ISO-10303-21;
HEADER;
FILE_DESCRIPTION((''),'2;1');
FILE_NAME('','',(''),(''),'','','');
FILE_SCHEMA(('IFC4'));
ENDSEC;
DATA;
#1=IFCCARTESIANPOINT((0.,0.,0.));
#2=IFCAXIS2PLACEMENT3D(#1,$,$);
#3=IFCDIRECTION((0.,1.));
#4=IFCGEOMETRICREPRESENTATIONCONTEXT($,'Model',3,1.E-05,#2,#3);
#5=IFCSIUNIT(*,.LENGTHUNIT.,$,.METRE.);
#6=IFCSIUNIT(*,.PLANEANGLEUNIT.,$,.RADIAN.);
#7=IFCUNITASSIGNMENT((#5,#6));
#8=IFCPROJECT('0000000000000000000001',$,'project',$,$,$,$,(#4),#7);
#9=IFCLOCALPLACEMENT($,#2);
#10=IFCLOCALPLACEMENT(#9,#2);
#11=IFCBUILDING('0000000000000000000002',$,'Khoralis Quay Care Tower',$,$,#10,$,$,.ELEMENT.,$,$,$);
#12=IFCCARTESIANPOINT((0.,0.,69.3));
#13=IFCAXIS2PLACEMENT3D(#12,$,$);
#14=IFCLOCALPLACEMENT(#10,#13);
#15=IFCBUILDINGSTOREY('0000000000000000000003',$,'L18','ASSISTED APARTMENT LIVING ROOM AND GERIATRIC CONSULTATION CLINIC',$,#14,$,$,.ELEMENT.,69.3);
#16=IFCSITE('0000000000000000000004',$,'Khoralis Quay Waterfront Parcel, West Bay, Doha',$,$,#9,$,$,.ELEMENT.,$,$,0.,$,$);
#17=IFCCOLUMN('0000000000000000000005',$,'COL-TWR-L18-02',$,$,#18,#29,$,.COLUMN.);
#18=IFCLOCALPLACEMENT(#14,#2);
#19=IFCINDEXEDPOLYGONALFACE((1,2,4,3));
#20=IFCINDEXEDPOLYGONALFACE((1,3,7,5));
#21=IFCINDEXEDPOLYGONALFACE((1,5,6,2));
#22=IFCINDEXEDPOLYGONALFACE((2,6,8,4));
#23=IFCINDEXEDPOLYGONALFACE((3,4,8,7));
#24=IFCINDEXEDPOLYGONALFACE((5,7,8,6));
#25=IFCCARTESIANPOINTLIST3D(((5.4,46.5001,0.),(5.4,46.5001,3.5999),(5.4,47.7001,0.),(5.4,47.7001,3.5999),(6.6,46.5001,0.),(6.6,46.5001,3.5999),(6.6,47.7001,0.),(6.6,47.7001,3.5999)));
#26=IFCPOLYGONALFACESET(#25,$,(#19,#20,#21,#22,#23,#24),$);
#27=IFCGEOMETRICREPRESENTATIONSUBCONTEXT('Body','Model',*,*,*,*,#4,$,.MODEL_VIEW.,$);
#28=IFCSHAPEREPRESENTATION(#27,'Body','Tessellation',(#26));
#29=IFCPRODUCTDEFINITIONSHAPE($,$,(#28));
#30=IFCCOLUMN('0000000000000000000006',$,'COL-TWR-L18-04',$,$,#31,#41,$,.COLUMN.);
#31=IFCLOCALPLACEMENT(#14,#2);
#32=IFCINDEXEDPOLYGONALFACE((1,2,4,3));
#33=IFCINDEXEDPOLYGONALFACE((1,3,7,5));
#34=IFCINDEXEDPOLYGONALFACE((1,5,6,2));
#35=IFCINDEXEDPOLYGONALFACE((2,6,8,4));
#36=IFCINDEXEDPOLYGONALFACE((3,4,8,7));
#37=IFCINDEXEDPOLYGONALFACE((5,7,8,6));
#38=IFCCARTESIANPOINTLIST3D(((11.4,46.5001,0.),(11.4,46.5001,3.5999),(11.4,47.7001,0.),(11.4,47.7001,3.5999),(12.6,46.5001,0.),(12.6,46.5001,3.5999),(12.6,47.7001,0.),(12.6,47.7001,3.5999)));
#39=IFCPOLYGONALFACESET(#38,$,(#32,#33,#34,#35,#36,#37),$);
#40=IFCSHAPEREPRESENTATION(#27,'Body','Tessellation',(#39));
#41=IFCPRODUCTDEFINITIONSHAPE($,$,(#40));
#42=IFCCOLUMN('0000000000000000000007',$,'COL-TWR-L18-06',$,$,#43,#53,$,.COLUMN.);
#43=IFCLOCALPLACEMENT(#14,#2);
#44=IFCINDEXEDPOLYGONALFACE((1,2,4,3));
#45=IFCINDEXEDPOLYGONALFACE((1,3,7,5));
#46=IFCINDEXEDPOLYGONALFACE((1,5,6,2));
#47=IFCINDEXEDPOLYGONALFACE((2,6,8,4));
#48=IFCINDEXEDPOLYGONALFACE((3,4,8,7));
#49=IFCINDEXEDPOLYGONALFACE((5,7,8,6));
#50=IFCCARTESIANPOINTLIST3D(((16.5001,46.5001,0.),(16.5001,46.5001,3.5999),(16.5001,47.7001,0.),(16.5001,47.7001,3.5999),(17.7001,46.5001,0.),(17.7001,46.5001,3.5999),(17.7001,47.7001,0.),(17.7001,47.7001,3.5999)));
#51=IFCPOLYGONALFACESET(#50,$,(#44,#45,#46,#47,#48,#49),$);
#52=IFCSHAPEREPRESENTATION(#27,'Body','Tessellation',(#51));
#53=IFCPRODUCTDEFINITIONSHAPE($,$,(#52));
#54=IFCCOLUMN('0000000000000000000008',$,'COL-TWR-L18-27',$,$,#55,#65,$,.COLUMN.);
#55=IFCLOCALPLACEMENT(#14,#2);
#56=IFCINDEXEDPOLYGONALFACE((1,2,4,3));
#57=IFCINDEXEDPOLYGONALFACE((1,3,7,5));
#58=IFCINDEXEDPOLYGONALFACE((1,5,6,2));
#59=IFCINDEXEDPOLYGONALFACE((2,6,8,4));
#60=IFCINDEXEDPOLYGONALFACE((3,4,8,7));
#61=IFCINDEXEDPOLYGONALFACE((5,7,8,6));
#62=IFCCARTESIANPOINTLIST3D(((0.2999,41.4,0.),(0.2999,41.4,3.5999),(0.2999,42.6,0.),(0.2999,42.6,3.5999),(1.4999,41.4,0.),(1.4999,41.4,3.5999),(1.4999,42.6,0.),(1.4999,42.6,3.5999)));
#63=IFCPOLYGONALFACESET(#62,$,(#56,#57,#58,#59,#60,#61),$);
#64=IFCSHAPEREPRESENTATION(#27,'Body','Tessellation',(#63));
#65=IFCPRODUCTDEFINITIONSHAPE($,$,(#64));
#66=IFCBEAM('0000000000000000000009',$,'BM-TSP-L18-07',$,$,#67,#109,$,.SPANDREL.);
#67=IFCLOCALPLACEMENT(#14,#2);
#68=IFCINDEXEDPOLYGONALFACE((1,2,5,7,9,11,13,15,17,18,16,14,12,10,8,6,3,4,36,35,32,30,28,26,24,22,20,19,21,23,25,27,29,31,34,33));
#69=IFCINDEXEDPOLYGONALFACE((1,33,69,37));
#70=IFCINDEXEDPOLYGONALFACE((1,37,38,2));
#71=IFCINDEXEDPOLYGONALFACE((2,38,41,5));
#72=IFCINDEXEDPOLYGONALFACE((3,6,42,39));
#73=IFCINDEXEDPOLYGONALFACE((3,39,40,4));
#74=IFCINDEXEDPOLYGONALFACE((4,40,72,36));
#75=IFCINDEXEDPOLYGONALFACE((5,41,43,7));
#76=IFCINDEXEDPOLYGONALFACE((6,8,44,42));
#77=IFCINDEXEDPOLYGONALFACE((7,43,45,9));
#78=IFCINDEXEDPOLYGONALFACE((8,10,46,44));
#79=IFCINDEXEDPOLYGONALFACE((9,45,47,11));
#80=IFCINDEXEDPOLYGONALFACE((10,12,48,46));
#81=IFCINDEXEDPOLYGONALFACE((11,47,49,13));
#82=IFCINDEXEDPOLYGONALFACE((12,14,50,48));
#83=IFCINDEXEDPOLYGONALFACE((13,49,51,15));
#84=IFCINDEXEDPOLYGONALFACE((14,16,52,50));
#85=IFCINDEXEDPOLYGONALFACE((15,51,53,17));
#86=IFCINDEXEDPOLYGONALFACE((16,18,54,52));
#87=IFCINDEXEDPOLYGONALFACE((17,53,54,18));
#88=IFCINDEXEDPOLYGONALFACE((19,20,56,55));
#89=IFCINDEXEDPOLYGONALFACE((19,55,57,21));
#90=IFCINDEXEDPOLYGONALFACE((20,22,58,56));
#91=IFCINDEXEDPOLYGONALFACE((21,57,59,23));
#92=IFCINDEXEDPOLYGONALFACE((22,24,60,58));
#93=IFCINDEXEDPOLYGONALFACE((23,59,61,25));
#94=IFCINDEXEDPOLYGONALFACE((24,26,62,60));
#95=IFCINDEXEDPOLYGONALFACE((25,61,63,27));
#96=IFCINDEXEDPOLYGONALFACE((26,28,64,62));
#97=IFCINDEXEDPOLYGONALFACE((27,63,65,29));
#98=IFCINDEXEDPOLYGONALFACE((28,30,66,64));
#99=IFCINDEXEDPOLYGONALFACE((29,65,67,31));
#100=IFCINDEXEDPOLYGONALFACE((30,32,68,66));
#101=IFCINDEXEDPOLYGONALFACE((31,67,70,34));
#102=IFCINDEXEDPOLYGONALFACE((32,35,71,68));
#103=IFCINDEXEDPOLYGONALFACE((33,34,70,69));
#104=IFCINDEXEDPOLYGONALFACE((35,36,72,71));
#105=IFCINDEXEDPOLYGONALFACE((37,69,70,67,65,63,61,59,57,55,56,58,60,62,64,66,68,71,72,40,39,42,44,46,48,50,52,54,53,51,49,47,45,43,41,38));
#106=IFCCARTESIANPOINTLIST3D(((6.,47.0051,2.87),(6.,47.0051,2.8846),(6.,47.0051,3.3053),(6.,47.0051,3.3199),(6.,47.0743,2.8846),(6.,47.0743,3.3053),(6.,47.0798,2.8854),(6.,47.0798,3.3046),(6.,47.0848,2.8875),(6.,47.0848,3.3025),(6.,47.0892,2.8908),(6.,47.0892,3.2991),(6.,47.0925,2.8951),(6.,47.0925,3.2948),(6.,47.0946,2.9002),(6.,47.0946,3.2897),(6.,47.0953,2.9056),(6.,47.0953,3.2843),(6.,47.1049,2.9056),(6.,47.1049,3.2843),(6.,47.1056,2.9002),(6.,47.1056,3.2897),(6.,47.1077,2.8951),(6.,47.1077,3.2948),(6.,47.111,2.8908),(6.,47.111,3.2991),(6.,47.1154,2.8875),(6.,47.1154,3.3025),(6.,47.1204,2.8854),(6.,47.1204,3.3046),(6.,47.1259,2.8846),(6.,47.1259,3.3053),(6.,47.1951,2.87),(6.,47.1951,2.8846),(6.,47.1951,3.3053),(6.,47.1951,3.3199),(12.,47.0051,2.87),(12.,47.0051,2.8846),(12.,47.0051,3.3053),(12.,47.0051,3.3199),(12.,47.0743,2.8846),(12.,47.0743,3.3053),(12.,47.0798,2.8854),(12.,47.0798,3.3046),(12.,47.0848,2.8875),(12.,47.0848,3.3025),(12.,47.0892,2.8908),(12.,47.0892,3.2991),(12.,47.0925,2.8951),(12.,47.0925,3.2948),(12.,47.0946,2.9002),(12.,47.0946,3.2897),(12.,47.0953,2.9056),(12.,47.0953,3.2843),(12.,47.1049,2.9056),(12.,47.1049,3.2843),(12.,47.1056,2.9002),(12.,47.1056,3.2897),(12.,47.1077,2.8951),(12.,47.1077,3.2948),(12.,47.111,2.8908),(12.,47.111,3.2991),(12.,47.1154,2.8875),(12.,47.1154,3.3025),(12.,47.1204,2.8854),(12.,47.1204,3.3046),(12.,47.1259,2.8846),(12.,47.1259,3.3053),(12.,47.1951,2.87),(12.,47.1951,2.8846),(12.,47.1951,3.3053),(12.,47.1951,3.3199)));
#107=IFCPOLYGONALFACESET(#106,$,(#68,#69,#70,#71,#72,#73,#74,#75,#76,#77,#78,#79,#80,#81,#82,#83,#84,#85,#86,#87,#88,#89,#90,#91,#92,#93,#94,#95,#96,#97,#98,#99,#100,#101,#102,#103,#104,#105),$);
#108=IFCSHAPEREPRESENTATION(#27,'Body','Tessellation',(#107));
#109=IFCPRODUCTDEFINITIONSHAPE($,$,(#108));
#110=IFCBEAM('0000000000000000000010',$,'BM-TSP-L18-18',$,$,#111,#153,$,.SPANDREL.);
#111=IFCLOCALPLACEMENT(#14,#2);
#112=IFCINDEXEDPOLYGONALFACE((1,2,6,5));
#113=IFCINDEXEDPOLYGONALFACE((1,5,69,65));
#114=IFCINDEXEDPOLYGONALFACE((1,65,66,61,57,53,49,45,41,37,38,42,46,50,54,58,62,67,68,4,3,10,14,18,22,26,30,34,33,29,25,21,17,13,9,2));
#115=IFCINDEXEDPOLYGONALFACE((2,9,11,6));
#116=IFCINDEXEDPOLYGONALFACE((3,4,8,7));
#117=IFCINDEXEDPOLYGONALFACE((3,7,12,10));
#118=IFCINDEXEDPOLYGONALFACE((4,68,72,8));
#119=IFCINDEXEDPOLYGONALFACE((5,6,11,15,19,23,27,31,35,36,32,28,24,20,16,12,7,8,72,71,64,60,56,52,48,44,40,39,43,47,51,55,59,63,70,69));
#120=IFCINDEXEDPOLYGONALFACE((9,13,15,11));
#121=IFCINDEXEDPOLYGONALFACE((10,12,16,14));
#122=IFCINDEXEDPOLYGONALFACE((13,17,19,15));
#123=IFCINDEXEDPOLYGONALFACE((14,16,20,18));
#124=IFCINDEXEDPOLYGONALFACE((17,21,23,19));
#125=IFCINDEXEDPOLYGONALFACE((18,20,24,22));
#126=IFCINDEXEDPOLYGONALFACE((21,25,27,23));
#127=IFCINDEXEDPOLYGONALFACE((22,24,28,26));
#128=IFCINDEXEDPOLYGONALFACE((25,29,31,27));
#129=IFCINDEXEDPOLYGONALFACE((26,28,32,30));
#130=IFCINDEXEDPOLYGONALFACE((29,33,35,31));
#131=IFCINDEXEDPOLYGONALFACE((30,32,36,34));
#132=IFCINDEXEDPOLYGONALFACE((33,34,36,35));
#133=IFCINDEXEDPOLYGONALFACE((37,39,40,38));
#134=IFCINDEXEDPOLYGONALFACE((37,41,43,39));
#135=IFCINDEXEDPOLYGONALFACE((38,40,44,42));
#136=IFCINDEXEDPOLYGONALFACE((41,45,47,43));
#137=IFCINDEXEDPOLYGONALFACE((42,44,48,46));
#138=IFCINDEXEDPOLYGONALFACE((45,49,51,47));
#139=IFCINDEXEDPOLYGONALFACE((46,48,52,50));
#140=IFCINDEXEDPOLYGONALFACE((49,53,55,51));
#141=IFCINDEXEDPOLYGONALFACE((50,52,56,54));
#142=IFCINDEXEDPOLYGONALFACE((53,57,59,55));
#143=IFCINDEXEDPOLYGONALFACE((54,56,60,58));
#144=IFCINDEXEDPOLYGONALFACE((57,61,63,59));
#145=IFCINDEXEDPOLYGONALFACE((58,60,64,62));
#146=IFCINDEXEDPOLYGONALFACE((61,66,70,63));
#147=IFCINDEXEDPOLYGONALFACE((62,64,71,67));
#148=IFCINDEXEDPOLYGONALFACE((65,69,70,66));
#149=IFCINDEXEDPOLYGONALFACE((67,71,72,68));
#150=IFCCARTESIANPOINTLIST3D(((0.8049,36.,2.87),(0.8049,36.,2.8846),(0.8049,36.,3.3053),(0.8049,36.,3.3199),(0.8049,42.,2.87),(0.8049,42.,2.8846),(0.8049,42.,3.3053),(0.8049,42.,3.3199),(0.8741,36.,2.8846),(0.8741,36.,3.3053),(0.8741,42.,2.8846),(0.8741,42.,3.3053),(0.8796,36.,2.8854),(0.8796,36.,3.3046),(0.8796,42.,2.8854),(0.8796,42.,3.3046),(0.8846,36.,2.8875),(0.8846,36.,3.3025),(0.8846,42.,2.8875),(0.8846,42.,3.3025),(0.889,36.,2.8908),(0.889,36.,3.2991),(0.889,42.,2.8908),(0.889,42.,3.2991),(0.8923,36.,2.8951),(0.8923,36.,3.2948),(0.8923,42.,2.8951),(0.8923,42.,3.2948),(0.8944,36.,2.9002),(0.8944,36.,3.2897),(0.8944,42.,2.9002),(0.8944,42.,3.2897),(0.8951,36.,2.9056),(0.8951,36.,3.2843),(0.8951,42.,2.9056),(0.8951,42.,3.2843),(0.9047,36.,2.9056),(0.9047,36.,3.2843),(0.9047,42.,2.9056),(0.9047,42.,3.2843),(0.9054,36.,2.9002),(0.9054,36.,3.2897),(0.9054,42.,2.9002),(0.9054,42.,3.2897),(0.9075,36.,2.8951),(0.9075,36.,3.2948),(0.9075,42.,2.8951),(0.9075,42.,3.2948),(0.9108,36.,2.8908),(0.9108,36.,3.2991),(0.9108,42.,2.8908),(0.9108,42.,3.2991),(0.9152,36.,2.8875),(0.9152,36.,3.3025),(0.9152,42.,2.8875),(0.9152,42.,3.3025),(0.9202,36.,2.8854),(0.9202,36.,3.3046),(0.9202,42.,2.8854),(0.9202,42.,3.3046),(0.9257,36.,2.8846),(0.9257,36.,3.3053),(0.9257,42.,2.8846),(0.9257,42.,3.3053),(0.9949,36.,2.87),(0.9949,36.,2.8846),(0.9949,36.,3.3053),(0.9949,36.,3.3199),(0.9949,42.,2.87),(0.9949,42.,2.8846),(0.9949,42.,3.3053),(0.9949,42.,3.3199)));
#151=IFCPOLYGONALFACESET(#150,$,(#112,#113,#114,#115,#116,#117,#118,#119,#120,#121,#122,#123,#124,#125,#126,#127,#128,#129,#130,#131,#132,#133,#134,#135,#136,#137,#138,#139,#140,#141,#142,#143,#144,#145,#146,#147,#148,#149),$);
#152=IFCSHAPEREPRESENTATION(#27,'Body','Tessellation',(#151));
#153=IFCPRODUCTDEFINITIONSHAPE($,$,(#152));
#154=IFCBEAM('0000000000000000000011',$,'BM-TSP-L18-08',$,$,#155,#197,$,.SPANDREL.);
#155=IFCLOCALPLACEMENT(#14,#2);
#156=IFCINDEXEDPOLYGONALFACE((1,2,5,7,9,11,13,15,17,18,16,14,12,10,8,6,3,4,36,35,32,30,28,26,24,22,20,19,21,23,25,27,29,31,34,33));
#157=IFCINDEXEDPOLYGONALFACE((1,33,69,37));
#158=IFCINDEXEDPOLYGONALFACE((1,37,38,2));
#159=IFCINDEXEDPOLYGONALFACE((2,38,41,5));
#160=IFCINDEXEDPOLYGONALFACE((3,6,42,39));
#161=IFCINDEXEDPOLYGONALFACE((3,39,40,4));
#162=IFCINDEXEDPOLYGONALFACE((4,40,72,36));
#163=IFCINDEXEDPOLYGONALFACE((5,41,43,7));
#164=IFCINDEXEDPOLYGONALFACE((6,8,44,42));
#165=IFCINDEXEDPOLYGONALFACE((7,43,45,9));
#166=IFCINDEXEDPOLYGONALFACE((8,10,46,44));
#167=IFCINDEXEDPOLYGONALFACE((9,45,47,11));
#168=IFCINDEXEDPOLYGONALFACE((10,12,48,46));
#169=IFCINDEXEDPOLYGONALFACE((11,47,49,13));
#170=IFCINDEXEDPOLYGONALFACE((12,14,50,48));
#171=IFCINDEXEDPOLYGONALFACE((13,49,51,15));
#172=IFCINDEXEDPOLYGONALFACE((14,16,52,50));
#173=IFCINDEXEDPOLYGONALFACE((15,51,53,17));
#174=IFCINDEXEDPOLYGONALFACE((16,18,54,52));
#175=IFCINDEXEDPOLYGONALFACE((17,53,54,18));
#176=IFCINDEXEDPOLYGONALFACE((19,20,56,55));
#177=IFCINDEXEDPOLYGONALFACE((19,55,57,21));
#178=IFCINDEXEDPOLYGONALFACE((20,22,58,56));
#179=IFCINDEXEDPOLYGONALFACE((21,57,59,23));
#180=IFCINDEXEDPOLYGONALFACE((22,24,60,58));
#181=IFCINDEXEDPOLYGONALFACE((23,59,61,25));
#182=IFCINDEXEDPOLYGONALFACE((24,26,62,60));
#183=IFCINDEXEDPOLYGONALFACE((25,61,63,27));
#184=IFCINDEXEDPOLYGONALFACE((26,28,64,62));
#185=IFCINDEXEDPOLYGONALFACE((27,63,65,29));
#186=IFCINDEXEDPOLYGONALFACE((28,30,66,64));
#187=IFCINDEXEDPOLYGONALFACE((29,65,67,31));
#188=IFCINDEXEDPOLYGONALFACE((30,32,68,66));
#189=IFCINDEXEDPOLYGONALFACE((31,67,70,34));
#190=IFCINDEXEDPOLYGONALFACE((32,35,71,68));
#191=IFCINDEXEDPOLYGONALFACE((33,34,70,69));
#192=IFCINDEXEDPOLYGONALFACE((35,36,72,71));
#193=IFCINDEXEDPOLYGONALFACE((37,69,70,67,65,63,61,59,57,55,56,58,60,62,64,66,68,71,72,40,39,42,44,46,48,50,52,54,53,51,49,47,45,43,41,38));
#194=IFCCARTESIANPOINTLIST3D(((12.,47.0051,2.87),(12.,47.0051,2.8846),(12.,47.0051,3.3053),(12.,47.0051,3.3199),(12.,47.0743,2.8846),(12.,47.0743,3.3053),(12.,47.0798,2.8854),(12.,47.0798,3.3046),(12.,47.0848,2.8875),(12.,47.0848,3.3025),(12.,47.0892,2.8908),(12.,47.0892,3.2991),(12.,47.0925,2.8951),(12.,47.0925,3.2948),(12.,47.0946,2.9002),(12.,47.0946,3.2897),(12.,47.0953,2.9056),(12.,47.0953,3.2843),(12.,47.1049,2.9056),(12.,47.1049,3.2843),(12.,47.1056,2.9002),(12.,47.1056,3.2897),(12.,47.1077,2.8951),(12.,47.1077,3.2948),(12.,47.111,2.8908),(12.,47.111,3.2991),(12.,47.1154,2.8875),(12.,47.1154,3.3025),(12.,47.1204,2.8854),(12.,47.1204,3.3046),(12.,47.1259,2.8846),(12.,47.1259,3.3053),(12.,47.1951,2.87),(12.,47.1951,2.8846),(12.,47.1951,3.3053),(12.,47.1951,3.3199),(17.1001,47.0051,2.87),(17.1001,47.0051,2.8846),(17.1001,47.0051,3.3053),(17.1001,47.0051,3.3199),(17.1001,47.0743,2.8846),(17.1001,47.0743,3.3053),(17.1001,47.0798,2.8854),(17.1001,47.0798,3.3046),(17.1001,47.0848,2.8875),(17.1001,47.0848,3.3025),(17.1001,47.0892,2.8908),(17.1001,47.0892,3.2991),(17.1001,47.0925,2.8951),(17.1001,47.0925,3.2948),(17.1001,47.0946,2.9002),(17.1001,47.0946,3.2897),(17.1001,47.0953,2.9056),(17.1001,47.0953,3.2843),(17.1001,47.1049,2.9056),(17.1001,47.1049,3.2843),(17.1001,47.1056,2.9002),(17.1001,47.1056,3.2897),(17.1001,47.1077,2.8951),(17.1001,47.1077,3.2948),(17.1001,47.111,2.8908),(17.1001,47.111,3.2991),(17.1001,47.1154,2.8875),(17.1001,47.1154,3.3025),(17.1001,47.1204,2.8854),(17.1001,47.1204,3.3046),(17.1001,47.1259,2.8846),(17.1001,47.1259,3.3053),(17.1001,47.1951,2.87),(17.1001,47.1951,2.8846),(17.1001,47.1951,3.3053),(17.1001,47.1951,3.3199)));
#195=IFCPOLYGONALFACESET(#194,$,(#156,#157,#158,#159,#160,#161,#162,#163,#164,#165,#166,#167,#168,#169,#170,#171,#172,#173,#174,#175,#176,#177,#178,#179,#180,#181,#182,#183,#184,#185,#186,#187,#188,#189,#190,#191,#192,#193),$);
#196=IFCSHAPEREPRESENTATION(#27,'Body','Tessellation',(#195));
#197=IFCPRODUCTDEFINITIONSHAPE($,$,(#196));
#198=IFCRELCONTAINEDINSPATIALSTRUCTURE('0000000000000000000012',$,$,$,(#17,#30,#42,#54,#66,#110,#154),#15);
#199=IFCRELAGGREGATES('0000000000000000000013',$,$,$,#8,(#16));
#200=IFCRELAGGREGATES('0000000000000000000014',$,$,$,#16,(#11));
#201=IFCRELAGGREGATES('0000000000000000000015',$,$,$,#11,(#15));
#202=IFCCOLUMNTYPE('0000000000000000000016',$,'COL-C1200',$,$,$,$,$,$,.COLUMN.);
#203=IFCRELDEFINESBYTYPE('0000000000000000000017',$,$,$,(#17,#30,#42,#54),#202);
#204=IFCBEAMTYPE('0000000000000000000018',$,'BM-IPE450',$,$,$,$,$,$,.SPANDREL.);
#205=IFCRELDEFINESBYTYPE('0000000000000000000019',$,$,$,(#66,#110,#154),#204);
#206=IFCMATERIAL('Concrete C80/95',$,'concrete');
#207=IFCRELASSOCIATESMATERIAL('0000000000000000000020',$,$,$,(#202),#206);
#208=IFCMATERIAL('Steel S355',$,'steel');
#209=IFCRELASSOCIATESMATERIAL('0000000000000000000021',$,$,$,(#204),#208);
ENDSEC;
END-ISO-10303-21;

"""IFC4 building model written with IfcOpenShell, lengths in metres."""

from ifc_helpers import new_model, si_unit, direction, frame, origin, origin_2d, place, context, subcontext, project, spatial, rectangle, i_section, extrude, source, transform, mapped, material, material_profile, profile_set, type_object, element, save


model = new_model("IFC4")

# Units and contexts
model_context = context("Model", 3, precision=1e-05, world=origin(), true_north=direction((0.0, 1.0)))
body_context = subcontext(model_context, "Body", "Model", "MODEL_VIEW")
ifc_project = project(units=[si_unit("LENGTHUNIT", "METRE"), si_unit("PLANEANGLEUNIT", "RADIAN")], contexts=[model_context])

# Site, building, storey
site_placement = place(None, origin())
site = spatial("IfcSite", under=ifc_project, at=site_placement, Name="Khoralis Quay Waterfront Parcel, West Bay, Doha", CompositionType="ELEMENT", RefElevation=0.0)
building_placement = place(site_placement, origin())
building = spatial("IfcBuilding", under=site, at=building_placement, Name="Khoralis Quay Care Tower", CompositionType="ELEMENT")
storey_placement = place(building_placement, frame((0.0, 0.0, 69.3)))
storey = spatial("IfcBuildingStorey", under=building, at=storey_placement, Name="L18", Description="ASSISTED APARTMENT LIVING ROOM AND GERIATRIC CONSULTATION CLINIC", CompositionType="ELEMENT", Elevation=69.3)

# Columns
ifc_material_1 = material(Name="Concrete C80/95", Category="concrete")
ifc_material_profile_1 = material_profile(ifc_material_1, rectangle(XDim=1.2, YDim=1.2, at=origin_2d()), Name="Concrete C80/95")
ifc_profile_set_1 = profile_set([ifc_material_profile_1], Name="Concrete C80/95")
column_type = type_object("IfcColumnType", Name="COL-C1200", PredefinedType="COLUMN", material=ifc_profile_set_1)
shared_shape_1 = source(origin(), body_context, "Body", "SweptSolid", [
    extrude(rectangle(XDim=1.2, YDim=1.2, at=origin_2d()), origin(), (0.0, 0.0, 1.0), 3.5999),
])
for number, where, z_axis, x_axis, name in (
    (1, (6.0, 47.1001, 0.0), (0.0, 0.0, 1.0), (1.0, 0.0, 0.0), "COL-TWR-L18-02"),
    (2, (12.0, 47.1001, 0.0), (0.0, 0.0, 1.0), (1.0, 0.0, 0.0), "COL-TWR-L18-04"),
    (3, (17.1001, 47.1001, 0.0), (0.0, 0.0, 1.0), (1.0, 0.0, 0.0), "COL-TWR-L18-06"),
    (4, (0.8999, 42.0, 0.0), (0.0, 0.0, 1.0), (1.0, 0.0, 0.0), "COL-TWR-L18-27"),
):
    element("IfcColumn", number, at=place(storey_placement, frame(where, z_axis=z_axis, x_axis=x_axis)), inside=storey, type_object=column_type, Name=name, PredefinedType="COLUMN", context=body_context, shape_type="MappedRepresentation", body=[
        mapped(shared_shape_1, transform((0.0, 0.0, 0.0), scale=1.0)),
    ])

# Beams
ifc_material_2 = material(Name="Steel S355", Category="steel")
ifc_material_profile_2 = material_profile(ifc_material_2, i_section(OverallWidth=0.1899, OverallDepth=0.45, WebThickness=0.0095, FlangeThickness=0.0146, FilletRadius=0.021, at=origin_2d()), Name="Steel S355")
ifc_profile_set_2 = profile_set([ifc_material_profile_2], Name="Steel S355")
beam_type_1 = type_object("IfcBeamType", Name="BM-IPE450", PredefinedType="SPANDREL", material=ifc_profile_set_2)
shared_shape_2 = source(origin(), body_context, "Body", "SweptSolid", [
    extrude(i_section(OverallWidth=0.1899, OverallDepth=0.45, WebThickness=0.0095, FlangeThickness=0.0146, FilletRadius=0.021, at=origin_2d()), origin(), (0.0, 0.0, 1.0), 6.0),
])
for number, where, z_axis, x_axis, name in (
    (5, (6.0, 47.1001, 3.095), (1.0, 0.0, 0.0), (0.0, 1.0, 0.0), "BM-TSP-L18-07"),
    (6, (0.8999, 36.0, 3.095), (0.0, 1.0, 0.0), (-1.0, 0.0, 0.0), "BM-TSP-L18-18"),
):
    element("IfcBeam", number, at=place(storey_placement, frame(where, z_axis=z_axis, x_axis=x_axis)), inside=storey, type_object=beam_type_1, Name=name, PredefinedType="SPANDREL", context=body_context, shape_type="MappedRepresentation", body=[
        mapped(shared_shape_2, transform((0.0, 0.0, 0.0), scale=1.0)),
    ])
shared_shape_3 = source(origin(), body_context, "Body", "SweptSolid", [
    extrude(i_section(OverallWidth=0.1899, OverallDepth=0.45, WebThickness=0.0095, FlangeThickness=0.0146, FilletRadius=0.021, at=origin_2d()), origin(), (0.0, 0.0, 1.0), 5.1001),
])
beam_1_placement = place(storey_placement, frame((12.0, 47.1001, 3.095), z_axis=(1.0, 0.0, 0.0), x_axis=(0.0, 1.0, 0.0)))
element("IfcBeam", 7, at=beam_1_placement, inside=storey, type_object=beam_type_1, Name="BM-TSP-L18-08", PredefinedType="SPANDREL", context=body_context, shape_type="MappedRepresentation", body=[
    mapped(shared_shape_3, transform((0.0, 0.0, 0.0), scale=1.0)),
])

save(model, "model.ifc")
